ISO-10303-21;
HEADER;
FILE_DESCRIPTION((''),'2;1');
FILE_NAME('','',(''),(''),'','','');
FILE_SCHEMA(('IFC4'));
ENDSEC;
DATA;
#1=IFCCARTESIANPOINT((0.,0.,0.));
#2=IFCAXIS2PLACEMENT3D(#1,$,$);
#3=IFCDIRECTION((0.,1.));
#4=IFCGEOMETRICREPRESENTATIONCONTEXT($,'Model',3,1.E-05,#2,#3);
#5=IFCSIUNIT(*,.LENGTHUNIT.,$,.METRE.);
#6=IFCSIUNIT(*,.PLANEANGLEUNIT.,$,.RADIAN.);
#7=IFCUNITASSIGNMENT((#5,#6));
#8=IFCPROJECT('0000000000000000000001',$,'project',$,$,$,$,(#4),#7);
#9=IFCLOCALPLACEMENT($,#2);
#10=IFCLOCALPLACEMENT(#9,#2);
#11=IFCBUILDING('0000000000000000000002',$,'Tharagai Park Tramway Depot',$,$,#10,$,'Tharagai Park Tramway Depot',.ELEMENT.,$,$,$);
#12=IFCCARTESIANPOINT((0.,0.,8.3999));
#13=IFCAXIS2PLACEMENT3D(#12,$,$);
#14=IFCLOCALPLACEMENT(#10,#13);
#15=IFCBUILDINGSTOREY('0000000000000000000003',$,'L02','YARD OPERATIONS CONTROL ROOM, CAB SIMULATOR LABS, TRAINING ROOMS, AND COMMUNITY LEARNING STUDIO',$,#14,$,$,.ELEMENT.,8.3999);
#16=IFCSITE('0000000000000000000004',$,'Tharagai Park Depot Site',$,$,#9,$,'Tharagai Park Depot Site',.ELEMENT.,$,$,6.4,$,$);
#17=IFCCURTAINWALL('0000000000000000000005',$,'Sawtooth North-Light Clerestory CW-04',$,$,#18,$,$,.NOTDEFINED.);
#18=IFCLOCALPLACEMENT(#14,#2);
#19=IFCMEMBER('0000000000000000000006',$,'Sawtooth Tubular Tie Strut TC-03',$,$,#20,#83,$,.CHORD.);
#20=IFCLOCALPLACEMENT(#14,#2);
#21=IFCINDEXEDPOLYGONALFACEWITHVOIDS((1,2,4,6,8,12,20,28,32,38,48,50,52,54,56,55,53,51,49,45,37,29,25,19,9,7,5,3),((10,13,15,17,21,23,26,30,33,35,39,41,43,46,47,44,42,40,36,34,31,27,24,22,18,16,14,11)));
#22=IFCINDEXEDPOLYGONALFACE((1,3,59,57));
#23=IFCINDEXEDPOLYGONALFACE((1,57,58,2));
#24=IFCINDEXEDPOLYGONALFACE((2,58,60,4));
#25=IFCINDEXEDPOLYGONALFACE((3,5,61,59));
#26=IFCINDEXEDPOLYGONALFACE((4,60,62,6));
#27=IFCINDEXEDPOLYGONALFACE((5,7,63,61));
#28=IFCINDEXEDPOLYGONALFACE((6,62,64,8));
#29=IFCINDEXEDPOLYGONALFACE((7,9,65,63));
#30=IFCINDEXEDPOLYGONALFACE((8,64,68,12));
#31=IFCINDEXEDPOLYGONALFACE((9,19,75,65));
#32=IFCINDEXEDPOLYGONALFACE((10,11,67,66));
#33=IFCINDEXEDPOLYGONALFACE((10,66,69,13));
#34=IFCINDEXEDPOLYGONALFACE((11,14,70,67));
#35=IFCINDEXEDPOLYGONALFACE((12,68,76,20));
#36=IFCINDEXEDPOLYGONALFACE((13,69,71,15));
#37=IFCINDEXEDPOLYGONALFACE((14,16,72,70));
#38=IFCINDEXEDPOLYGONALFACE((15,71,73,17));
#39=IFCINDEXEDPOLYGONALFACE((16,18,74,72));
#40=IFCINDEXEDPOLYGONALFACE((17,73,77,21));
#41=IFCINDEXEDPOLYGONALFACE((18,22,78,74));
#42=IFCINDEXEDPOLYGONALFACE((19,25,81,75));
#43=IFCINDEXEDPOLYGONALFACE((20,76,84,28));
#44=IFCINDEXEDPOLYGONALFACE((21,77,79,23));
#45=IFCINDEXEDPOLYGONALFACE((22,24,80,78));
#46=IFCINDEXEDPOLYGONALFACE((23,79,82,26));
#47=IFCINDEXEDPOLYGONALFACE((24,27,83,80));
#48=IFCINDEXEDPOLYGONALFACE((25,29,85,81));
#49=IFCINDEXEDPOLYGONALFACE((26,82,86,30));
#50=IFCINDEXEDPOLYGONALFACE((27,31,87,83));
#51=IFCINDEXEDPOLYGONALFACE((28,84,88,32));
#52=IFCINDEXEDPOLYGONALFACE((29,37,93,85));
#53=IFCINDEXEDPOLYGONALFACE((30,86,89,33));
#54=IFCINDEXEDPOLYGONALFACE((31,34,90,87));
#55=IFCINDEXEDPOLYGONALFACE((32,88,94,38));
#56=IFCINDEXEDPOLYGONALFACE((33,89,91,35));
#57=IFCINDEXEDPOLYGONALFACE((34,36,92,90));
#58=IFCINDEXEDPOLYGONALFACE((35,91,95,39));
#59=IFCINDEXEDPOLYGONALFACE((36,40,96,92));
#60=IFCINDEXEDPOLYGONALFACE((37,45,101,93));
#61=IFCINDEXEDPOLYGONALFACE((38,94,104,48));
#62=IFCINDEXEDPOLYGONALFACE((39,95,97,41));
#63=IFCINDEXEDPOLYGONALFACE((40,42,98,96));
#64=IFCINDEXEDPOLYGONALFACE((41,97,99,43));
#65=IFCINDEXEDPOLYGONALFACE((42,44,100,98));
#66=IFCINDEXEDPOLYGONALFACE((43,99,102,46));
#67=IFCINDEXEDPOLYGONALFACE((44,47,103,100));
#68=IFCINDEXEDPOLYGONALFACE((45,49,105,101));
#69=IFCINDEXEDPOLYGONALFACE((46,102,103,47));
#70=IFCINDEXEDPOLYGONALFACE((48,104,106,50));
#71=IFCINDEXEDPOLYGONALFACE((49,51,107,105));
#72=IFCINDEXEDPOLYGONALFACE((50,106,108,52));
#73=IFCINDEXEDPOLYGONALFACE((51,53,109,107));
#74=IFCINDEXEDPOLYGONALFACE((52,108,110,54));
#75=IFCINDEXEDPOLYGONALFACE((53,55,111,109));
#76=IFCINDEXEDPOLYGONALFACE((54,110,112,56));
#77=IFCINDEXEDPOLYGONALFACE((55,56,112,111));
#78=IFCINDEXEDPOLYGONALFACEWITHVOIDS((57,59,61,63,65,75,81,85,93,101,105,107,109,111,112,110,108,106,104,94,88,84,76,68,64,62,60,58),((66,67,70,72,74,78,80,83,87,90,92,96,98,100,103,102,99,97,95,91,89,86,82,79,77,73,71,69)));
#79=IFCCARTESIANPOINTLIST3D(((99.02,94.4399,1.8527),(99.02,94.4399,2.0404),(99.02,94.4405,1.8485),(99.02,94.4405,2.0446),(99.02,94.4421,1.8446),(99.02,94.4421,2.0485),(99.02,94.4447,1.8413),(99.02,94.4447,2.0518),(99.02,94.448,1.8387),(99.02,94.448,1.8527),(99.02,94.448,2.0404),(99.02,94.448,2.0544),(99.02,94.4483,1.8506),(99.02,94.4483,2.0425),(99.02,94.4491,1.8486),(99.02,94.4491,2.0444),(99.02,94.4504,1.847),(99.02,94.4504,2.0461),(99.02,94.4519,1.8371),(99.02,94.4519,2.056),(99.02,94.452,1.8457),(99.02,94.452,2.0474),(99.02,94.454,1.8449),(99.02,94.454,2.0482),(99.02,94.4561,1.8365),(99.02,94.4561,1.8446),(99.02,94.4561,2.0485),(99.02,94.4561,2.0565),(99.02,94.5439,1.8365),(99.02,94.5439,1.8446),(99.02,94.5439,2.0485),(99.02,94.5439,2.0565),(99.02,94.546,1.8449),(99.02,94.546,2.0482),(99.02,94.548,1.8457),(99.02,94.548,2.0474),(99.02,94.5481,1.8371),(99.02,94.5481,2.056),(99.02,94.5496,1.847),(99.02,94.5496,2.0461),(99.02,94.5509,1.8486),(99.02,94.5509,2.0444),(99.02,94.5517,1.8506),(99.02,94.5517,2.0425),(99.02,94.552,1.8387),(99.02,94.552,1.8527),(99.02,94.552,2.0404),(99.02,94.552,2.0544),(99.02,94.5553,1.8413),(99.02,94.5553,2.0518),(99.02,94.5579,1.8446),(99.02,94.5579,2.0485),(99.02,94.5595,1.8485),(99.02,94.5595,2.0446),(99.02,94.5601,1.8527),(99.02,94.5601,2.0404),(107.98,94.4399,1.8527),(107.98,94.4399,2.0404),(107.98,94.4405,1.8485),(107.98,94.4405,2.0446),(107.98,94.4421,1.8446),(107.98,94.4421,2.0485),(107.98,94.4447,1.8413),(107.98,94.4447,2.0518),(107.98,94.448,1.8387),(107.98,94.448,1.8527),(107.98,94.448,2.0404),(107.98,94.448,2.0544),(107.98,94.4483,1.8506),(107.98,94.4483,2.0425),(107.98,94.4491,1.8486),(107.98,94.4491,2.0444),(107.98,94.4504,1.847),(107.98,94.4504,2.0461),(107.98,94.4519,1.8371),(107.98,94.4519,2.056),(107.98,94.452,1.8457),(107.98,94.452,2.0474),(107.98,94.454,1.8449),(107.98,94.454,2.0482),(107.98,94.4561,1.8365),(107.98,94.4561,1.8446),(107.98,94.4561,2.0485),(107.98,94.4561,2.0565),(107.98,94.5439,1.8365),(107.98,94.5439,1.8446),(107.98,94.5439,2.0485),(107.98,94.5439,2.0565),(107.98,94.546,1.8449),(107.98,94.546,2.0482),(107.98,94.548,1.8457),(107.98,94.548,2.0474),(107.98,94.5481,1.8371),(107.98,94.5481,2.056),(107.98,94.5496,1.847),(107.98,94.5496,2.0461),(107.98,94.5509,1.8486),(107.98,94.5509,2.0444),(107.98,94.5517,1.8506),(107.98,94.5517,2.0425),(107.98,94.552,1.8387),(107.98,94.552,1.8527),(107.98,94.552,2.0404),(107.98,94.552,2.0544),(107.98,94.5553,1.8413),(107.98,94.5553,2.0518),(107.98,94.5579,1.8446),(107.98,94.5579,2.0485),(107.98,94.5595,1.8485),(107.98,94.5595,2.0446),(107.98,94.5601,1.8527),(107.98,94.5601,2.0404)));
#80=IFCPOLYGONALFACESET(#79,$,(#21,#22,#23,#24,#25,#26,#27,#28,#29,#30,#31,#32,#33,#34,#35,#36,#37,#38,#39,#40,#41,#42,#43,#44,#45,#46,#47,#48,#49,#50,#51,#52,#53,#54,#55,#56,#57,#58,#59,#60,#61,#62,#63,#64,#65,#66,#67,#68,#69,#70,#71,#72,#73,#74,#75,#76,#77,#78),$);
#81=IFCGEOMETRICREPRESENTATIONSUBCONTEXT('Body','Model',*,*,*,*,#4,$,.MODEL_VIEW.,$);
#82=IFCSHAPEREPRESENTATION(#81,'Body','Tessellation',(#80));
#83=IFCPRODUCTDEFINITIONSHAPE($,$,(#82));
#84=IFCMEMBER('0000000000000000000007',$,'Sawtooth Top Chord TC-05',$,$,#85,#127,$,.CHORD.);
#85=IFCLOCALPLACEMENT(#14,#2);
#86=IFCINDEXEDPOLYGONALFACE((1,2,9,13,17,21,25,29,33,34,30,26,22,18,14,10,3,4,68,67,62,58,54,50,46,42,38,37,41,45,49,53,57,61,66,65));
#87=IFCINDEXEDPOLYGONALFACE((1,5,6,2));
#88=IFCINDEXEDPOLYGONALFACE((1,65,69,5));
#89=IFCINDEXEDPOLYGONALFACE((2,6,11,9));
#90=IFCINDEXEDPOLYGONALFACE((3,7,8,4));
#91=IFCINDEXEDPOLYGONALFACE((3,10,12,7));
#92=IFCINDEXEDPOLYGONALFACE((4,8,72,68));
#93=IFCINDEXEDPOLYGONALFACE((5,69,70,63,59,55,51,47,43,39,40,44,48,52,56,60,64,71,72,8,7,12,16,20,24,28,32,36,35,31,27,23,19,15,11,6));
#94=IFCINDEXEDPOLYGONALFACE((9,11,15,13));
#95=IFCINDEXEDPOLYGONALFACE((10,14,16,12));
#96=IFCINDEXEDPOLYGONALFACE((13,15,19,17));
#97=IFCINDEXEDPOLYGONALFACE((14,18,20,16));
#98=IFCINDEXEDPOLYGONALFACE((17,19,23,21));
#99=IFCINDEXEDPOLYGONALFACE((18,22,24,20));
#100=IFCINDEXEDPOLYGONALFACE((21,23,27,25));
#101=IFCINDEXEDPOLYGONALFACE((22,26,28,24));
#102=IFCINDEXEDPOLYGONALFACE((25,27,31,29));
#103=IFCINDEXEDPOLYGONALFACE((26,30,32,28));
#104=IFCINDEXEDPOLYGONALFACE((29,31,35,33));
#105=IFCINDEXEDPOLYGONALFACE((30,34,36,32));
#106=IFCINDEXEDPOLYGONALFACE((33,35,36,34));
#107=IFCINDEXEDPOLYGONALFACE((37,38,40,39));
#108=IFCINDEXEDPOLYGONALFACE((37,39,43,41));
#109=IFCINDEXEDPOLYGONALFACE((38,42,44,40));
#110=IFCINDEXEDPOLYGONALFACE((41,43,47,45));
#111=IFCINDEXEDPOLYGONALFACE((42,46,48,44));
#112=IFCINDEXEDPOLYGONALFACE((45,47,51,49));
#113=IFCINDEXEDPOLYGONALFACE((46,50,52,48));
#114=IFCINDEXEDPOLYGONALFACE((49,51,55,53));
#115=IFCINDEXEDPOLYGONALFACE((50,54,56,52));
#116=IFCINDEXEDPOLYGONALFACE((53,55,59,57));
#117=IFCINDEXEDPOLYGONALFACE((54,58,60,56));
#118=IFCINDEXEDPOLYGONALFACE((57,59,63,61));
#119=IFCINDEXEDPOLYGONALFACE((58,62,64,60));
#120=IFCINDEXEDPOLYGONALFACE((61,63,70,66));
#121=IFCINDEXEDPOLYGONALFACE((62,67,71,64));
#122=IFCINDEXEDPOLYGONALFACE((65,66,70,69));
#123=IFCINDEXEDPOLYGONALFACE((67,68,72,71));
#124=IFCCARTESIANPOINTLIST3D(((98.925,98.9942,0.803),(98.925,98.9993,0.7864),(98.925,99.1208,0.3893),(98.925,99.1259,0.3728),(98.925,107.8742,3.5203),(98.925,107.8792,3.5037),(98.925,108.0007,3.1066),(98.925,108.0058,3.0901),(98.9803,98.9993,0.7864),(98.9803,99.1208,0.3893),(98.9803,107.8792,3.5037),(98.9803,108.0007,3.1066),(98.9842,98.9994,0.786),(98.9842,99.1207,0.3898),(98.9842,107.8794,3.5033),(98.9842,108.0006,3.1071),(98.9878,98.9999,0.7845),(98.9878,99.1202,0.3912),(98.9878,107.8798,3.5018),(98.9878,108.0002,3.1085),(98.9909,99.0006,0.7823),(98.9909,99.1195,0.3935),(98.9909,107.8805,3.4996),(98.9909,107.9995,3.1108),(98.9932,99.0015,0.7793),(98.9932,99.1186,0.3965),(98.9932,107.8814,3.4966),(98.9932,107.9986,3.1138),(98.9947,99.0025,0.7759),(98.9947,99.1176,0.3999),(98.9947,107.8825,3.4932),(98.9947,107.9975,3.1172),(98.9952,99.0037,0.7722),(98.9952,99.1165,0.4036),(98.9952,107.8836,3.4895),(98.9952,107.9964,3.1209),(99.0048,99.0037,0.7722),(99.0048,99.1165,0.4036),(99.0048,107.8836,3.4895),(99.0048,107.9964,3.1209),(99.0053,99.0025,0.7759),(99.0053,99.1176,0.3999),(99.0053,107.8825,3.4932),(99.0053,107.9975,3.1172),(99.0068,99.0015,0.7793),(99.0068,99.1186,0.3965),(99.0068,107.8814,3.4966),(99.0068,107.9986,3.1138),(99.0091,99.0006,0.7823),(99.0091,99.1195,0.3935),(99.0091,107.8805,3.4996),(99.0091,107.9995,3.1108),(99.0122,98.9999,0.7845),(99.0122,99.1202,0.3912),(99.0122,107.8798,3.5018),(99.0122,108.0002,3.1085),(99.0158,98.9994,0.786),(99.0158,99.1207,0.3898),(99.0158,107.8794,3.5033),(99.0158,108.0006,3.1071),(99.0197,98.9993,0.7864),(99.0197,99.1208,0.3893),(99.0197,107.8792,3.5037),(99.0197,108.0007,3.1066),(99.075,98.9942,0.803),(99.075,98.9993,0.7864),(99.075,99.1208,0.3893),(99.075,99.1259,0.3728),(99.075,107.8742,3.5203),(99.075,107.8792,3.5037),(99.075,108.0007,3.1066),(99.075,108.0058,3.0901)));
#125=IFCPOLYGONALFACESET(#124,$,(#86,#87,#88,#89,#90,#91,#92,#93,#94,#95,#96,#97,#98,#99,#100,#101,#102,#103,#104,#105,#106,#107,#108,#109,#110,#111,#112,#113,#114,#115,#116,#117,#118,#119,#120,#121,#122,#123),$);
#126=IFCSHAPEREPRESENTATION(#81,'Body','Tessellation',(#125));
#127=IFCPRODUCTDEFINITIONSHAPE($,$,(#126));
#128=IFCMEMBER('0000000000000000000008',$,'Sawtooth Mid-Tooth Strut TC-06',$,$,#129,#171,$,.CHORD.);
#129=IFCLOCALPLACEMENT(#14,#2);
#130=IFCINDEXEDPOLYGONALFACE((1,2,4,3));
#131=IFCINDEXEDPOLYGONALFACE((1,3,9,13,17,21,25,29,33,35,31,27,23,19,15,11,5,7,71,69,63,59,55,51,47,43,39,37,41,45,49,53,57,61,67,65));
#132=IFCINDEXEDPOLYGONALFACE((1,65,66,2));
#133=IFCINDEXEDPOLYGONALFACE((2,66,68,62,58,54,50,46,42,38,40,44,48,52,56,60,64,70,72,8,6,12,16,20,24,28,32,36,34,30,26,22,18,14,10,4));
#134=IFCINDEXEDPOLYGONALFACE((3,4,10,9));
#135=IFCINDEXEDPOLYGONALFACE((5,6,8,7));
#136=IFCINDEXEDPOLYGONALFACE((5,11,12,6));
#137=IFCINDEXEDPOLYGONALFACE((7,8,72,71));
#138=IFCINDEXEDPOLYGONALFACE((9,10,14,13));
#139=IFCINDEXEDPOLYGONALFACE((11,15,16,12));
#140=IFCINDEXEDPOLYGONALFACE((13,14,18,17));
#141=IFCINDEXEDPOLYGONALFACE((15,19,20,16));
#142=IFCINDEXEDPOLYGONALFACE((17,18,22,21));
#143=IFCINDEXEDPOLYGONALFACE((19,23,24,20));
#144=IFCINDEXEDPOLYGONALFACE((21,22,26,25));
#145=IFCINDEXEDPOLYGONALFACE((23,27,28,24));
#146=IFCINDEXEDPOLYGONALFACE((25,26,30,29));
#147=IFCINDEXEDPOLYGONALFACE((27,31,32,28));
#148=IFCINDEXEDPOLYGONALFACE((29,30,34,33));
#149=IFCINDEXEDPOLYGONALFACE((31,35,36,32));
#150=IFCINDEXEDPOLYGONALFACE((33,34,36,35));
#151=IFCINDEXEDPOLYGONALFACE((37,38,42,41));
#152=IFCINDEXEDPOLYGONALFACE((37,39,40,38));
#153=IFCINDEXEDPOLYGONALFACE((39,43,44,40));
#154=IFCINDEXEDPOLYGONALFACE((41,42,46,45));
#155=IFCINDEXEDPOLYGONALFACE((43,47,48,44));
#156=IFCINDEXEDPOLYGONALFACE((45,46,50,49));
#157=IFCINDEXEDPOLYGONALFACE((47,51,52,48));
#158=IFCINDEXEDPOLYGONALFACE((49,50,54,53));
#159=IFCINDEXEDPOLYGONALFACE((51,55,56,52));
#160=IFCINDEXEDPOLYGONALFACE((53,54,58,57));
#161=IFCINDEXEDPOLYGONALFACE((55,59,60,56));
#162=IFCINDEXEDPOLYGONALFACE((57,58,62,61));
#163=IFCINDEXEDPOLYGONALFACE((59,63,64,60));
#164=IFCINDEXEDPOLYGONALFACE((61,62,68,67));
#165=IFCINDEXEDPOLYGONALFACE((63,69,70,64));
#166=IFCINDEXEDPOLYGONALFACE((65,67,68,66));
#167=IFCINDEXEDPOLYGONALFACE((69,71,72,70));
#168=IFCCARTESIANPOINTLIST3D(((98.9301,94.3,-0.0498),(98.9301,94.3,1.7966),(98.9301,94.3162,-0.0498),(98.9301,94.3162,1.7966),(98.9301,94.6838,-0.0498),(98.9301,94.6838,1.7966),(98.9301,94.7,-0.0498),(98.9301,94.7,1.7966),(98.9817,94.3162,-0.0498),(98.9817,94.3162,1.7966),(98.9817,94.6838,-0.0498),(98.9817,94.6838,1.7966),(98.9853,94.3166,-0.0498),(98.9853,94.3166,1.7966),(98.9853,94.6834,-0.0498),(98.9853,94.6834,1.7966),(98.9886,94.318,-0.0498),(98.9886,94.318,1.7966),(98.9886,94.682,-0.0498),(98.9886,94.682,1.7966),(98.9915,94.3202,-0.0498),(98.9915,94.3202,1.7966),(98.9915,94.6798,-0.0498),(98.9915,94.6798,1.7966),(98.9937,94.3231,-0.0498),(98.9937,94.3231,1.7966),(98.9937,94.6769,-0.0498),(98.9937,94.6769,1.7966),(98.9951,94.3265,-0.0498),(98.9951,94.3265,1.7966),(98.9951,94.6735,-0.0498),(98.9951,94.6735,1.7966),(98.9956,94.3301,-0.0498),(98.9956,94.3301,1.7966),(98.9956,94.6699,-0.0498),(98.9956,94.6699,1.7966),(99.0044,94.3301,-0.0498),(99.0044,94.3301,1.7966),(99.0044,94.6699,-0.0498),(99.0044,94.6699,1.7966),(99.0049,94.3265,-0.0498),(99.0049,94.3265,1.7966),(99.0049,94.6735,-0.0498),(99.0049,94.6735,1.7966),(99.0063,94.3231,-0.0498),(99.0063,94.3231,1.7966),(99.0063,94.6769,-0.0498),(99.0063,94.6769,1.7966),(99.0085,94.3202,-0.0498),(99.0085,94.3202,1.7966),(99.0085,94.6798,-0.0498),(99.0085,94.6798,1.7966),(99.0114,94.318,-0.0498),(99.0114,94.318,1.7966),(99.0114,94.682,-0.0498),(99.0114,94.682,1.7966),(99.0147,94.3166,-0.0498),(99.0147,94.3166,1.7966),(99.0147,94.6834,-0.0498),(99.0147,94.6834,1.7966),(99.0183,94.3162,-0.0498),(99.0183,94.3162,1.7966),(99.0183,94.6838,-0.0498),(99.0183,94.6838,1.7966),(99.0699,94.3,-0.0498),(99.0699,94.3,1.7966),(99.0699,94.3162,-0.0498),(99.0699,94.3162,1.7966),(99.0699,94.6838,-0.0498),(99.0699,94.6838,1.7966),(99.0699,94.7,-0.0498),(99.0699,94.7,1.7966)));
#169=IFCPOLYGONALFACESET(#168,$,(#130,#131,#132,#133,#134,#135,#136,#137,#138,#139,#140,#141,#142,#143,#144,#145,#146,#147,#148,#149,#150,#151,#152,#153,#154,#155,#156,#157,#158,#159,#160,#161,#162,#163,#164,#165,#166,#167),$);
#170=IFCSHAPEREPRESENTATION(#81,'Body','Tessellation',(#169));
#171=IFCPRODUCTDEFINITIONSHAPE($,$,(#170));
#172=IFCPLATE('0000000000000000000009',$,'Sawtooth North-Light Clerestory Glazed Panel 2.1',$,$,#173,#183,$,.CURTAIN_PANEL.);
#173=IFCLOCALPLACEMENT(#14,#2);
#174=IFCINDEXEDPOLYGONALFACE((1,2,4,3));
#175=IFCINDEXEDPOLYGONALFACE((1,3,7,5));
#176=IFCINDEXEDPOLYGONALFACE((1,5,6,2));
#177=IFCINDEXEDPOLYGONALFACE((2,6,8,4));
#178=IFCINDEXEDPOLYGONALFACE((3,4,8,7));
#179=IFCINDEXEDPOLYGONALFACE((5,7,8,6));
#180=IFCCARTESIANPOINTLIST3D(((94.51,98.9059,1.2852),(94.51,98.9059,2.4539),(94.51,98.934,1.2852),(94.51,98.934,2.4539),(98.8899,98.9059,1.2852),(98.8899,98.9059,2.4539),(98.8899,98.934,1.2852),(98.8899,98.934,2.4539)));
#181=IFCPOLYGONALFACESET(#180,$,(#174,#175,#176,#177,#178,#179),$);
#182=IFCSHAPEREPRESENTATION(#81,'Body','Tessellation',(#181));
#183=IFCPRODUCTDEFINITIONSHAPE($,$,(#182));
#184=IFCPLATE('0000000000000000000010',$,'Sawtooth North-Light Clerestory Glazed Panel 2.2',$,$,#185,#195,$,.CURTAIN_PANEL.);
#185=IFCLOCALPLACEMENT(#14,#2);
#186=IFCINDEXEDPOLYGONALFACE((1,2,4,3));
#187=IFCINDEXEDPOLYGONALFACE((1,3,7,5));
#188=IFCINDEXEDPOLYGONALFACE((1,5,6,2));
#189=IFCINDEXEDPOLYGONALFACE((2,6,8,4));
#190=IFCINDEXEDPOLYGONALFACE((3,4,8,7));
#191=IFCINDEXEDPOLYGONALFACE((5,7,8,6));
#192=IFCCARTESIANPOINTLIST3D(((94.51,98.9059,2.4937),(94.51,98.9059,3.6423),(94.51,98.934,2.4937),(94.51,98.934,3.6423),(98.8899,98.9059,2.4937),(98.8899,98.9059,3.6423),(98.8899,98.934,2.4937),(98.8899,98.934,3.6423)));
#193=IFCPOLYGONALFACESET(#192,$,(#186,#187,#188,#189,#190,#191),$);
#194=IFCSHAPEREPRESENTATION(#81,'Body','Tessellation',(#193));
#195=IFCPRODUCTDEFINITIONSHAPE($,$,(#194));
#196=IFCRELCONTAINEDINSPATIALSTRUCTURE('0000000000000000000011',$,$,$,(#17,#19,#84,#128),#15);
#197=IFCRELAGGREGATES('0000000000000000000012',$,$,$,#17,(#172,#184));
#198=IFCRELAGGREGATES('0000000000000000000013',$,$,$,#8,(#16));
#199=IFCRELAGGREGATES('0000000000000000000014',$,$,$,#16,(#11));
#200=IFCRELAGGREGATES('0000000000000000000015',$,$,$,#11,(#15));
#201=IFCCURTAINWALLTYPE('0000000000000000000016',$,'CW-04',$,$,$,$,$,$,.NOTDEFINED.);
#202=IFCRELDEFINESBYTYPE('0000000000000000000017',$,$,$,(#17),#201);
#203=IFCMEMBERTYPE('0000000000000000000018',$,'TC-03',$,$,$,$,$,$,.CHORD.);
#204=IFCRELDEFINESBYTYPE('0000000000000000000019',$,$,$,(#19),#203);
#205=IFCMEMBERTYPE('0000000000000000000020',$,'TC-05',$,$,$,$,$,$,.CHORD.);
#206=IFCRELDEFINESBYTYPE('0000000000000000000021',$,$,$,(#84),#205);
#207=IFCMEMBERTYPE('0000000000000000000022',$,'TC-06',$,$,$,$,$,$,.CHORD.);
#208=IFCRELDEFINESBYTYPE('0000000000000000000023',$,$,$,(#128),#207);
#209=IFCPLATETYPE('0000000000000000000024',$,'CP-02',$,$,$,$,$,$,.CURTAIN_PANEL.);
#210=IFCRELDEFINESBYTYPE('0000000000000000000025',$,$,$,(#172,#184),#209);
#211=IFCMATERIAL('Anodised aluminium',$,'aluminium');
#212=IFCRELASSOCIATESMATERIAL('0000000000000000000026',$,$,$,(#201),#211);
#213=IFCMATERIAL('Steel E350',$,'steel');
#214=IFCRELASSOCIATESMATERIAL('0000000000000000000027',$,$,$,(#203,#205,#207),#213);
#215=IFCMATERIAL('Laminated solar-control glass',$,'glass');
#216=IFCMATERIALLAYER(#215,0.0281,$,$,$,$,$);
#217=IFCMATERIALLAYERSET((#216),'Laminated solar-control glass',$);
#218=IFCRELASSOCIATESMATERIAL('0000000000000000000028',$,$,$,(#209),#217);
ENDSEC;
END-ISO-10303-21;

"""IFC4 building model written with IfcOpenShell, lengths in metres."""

from ifc_helpers import new_model, si_unit, direction, frame, origin, origin_2d, place, context, subcontext, project, spatial, rectangle, hollow_rectangle, i_section, extrude, material, layer, layer_set, material_profile, profile_set, type_object, element, aggregate, save


model = new_model("IFC4")

# Units and contexts
model_context = context("Model", 3, precision=1e-05, world=origin(), true_north=direction((0.0, 1.0)))
body_context = subcontext(model_context, "Body", "Model", "MODEL_VIEW")
ifc_project = project(units=[si_unit("LENGTHUNIT", "METRE"), si_unit("PLANEANGLEUNIT", "RADIAN")], contexts=[model_context])

# Site, building, storey
site_placement = place(None, origin())
site = spatial("IfcSite", under=ifc_project, at=site_placement, Name="Tharagai Park Depot Site", LongName="Tharagai Park Depot Site", CompositionType="ELEMENT", RefElevation=6.4)
building_placement = place(site_placement, origin())
building = spatial("IfcBuilding", under=site, at=building_placement, Name="Tharagai Park Tramway Depot", LongName="Tharagai Park Tramway Depot", CompositionType="ELEMENT")
storey_placement = place(building_placement, frame((0.0, 0.0, 8.3999)))
storey = spatial("IfcBuildingStorey", under=building, at=storey_placement, Name="L02", Description="YARD OPERATIONS CONTROL ROOM, CAB SIMULATOR LABS, TRAINING ROOMS, AND COMMUNITY LEARNING STUDIO", CompositionType="ELEMENT", Elevation=8.3999)

# Shared definitions
ifc_material_1 = material(Name="Steel E350", Category="steel")

# Curtain wall
ifc_material_2 = material(Name="Anodised aluminium", Category="aluminium")
curtain_wall_type = type_object("IfcCurtainWallType", Name="CW-04", PredefinedType="NOTDEFINED", material=ifc_material_2)
curtain_wall_1_placement = place(storey_placement, origin())
curtain_wall_1 = element("IfcCurtainWall", 1, at=curtain_wall_1_placement, inside=storey, type_object=curtain_wall_type, Name="Sawtooth North-Light Clerestory CW-04", PredefinedType="NOTDEFINED")

# Members
ifc_material_profile_1 = material_profile(ifc_material_1, hollow_rectangle(XDim=0.1201, YDim=0.22, WallThickness=0.0081, InnerFilletRadius=0.0081, OuterFilletRadius=0.0161, at=origin_2d()), Name="RHS 220x120x8")
ifc_profile_set_1 = profile_set([ifc_material_profile_1], Name="Steel E350")
member_type_1 = type_object("IfcMemberType", Name="TC-03", PredefinedType="CHORD", material=ifc_profile_set_1)
member_1_placement = place(storey_placement, frame((99.02, 94.5, 1.9465), z_axis=(1.0, 0.0, 0.0), x_axis=(0.0, 1.0, 0.0)))
element("IfcMember", 2, at=member_1_placement, inside=storey, type_object=member_type_1, Name="Sawtooth Tubular Tie Strut TC-03", PredefinedType="CHORD", context=body_context, shape_type="SweptSolid", body=[
    extrude(hollow_rectangle(XDim=0.1201, YDim=0.22, WallThickness=0.0081, InnerFilletRadius=0.0081, OuterFilletRadius=0.0161, at=origin_2d()), origin(), (0.0, 0.0, 1.0), 8.96),
])
ifc_material_profile_2 = material_profile(ifc_material_1, i_section(OverallWidth=0.1499, OverallDepth=0.45, WebThickness=0.0095, FlangeThickness=0.0173, FilletRadius=0.0149, at=origin_2d()), Name="ISMB 450")
ifc_profile_set_2 = profile_set([ifc_material_profile_2], Name="Steel E350")
member_type_2 = type_object("IfcMemberType", Name="TC-05", PredefinedType="CHORD", material=ifc_profile_set_2)
member_2_placement = place(storey_placement, frame((99.0, 99.0601, 0.5879), z_axis=(0.0, 0.956231, 0.292611), x_axis=(-1.0, 0.0, 0.0)))
element("IfcMember", 3, at=member_2_placement, inside=storey, type_object=member_type_2, Name="Sawtooth Top Chord TC-05", PredefinedType="CHORD", context=body_context, shape_type="SweptSolid", body=[
    extrude(i_section(OverallWidth=0.1499, OverallDepth=0.45, WebThickness=0.0095, FlangeThickness=0.0173, FilletRadius=0.0149, at=origin_2d()), origin(), (0.0, 0.0, 1.0), 9.2864),
])
ifc_material_profile_3 = material_profile(ifc_material_1, i_section(OverallWidth=0.1399, OverallDepth=0.3999, WebThickness=0.0088, FlangeThickness=0.0161, FilletRadius=0.0139, at=origin_2d()), Name="ISMB 400")
ifc_profile_set_3 = profile_set([ifc_material_profile_3], Name="Steel E350")
member_type_3 = type_object("IfcMemberType", Name="TC-06", PredefinedType="CHORD", material=ifc_profile_set_3)
member_3_placement = place(storey_placement, frame((99.0, 94.5, -0.0498), z_axis=(0.0, 0.0, 1.0), x_axis=(1.0, 0.0, 0.0)))
element("IfcMember", 4, at=member_3_placement, inside=storey, type_object=member_type_3, Name="Sawtooth Mid-Tooth Strut TC-06", PredefinedType="CHORD", context=body_context, shape_type="SweptSolid", body=[
    extrude(i_section(OverallWidth=0.1399, OverallDepth=0.3999, WebThickness=0.0088, FlangeThickness=0.0161, FilletRadius=0.0139, at=origin_2d()), origin(), (0.0, 0.0, 1.0), 1.8464),
])

# Plates
ifc_material_3 = material(Name="Laminated solar-control glass", Category="glass")
ifc_layer_1 = layer(ifc_material_3, 0.0281)
ifc_layer_set_1 = layer_set([ifc_layer_1], Name="Laminated solar-control glass")
plate_type_1 = type_object("IfcPlateType", Name="CP-02", PredefinedType="CURTAIN_PANEL", material=ifc_layer_set_1)
plate_1_placement = place(storey_placement, frame((96.7, 98.9199, 1.2852), z_axis=(0.0, 0.0, 1.0), x_axis=(1.0, 0.0, 0.0)))
plate_1 = element("IfcPlate", 5, at=plate_1_placement, type_object=plate_type_1, Name="Sawtooth North-Light Clerestory Glazed Panel 2.1", PredefinedType="CURTAIN_PANEL", context=body_context, shape_type="SweptSolid", body=[
    extrude(rectangle(XDim=4.3799, YDim=0.0281, at=origin_2d()), origin(), (0.0, 0.0, 1.0), 1.1687),
])
plate_2_placement = place(storey_placement, frame((96.7, 98.9199, 2.4937), z_axis=(0.0, 0.0, 1.0), x_axis=(1.0, 0.0, 0.0)))
plate_2 = element("IfcPlate", 6, at=plate_2_placement, type_object=plate_type_1, Name="Sawtooth North-Light Clerestory Glazed Panel 2.2", PredefinedType="CURTAIN_PANEL", context=body_context, shape_type="SweptSolid", body=[
    extrude(rectangle(XDim=4.3799, YDim=0.0281, at=origin_2d()), origin(), (0.0, 0.0, 1.0), 1.1487),
])
aggregate(curtain_wall_1, [plate_1, plate_2])

save(model, "model.ifc")
